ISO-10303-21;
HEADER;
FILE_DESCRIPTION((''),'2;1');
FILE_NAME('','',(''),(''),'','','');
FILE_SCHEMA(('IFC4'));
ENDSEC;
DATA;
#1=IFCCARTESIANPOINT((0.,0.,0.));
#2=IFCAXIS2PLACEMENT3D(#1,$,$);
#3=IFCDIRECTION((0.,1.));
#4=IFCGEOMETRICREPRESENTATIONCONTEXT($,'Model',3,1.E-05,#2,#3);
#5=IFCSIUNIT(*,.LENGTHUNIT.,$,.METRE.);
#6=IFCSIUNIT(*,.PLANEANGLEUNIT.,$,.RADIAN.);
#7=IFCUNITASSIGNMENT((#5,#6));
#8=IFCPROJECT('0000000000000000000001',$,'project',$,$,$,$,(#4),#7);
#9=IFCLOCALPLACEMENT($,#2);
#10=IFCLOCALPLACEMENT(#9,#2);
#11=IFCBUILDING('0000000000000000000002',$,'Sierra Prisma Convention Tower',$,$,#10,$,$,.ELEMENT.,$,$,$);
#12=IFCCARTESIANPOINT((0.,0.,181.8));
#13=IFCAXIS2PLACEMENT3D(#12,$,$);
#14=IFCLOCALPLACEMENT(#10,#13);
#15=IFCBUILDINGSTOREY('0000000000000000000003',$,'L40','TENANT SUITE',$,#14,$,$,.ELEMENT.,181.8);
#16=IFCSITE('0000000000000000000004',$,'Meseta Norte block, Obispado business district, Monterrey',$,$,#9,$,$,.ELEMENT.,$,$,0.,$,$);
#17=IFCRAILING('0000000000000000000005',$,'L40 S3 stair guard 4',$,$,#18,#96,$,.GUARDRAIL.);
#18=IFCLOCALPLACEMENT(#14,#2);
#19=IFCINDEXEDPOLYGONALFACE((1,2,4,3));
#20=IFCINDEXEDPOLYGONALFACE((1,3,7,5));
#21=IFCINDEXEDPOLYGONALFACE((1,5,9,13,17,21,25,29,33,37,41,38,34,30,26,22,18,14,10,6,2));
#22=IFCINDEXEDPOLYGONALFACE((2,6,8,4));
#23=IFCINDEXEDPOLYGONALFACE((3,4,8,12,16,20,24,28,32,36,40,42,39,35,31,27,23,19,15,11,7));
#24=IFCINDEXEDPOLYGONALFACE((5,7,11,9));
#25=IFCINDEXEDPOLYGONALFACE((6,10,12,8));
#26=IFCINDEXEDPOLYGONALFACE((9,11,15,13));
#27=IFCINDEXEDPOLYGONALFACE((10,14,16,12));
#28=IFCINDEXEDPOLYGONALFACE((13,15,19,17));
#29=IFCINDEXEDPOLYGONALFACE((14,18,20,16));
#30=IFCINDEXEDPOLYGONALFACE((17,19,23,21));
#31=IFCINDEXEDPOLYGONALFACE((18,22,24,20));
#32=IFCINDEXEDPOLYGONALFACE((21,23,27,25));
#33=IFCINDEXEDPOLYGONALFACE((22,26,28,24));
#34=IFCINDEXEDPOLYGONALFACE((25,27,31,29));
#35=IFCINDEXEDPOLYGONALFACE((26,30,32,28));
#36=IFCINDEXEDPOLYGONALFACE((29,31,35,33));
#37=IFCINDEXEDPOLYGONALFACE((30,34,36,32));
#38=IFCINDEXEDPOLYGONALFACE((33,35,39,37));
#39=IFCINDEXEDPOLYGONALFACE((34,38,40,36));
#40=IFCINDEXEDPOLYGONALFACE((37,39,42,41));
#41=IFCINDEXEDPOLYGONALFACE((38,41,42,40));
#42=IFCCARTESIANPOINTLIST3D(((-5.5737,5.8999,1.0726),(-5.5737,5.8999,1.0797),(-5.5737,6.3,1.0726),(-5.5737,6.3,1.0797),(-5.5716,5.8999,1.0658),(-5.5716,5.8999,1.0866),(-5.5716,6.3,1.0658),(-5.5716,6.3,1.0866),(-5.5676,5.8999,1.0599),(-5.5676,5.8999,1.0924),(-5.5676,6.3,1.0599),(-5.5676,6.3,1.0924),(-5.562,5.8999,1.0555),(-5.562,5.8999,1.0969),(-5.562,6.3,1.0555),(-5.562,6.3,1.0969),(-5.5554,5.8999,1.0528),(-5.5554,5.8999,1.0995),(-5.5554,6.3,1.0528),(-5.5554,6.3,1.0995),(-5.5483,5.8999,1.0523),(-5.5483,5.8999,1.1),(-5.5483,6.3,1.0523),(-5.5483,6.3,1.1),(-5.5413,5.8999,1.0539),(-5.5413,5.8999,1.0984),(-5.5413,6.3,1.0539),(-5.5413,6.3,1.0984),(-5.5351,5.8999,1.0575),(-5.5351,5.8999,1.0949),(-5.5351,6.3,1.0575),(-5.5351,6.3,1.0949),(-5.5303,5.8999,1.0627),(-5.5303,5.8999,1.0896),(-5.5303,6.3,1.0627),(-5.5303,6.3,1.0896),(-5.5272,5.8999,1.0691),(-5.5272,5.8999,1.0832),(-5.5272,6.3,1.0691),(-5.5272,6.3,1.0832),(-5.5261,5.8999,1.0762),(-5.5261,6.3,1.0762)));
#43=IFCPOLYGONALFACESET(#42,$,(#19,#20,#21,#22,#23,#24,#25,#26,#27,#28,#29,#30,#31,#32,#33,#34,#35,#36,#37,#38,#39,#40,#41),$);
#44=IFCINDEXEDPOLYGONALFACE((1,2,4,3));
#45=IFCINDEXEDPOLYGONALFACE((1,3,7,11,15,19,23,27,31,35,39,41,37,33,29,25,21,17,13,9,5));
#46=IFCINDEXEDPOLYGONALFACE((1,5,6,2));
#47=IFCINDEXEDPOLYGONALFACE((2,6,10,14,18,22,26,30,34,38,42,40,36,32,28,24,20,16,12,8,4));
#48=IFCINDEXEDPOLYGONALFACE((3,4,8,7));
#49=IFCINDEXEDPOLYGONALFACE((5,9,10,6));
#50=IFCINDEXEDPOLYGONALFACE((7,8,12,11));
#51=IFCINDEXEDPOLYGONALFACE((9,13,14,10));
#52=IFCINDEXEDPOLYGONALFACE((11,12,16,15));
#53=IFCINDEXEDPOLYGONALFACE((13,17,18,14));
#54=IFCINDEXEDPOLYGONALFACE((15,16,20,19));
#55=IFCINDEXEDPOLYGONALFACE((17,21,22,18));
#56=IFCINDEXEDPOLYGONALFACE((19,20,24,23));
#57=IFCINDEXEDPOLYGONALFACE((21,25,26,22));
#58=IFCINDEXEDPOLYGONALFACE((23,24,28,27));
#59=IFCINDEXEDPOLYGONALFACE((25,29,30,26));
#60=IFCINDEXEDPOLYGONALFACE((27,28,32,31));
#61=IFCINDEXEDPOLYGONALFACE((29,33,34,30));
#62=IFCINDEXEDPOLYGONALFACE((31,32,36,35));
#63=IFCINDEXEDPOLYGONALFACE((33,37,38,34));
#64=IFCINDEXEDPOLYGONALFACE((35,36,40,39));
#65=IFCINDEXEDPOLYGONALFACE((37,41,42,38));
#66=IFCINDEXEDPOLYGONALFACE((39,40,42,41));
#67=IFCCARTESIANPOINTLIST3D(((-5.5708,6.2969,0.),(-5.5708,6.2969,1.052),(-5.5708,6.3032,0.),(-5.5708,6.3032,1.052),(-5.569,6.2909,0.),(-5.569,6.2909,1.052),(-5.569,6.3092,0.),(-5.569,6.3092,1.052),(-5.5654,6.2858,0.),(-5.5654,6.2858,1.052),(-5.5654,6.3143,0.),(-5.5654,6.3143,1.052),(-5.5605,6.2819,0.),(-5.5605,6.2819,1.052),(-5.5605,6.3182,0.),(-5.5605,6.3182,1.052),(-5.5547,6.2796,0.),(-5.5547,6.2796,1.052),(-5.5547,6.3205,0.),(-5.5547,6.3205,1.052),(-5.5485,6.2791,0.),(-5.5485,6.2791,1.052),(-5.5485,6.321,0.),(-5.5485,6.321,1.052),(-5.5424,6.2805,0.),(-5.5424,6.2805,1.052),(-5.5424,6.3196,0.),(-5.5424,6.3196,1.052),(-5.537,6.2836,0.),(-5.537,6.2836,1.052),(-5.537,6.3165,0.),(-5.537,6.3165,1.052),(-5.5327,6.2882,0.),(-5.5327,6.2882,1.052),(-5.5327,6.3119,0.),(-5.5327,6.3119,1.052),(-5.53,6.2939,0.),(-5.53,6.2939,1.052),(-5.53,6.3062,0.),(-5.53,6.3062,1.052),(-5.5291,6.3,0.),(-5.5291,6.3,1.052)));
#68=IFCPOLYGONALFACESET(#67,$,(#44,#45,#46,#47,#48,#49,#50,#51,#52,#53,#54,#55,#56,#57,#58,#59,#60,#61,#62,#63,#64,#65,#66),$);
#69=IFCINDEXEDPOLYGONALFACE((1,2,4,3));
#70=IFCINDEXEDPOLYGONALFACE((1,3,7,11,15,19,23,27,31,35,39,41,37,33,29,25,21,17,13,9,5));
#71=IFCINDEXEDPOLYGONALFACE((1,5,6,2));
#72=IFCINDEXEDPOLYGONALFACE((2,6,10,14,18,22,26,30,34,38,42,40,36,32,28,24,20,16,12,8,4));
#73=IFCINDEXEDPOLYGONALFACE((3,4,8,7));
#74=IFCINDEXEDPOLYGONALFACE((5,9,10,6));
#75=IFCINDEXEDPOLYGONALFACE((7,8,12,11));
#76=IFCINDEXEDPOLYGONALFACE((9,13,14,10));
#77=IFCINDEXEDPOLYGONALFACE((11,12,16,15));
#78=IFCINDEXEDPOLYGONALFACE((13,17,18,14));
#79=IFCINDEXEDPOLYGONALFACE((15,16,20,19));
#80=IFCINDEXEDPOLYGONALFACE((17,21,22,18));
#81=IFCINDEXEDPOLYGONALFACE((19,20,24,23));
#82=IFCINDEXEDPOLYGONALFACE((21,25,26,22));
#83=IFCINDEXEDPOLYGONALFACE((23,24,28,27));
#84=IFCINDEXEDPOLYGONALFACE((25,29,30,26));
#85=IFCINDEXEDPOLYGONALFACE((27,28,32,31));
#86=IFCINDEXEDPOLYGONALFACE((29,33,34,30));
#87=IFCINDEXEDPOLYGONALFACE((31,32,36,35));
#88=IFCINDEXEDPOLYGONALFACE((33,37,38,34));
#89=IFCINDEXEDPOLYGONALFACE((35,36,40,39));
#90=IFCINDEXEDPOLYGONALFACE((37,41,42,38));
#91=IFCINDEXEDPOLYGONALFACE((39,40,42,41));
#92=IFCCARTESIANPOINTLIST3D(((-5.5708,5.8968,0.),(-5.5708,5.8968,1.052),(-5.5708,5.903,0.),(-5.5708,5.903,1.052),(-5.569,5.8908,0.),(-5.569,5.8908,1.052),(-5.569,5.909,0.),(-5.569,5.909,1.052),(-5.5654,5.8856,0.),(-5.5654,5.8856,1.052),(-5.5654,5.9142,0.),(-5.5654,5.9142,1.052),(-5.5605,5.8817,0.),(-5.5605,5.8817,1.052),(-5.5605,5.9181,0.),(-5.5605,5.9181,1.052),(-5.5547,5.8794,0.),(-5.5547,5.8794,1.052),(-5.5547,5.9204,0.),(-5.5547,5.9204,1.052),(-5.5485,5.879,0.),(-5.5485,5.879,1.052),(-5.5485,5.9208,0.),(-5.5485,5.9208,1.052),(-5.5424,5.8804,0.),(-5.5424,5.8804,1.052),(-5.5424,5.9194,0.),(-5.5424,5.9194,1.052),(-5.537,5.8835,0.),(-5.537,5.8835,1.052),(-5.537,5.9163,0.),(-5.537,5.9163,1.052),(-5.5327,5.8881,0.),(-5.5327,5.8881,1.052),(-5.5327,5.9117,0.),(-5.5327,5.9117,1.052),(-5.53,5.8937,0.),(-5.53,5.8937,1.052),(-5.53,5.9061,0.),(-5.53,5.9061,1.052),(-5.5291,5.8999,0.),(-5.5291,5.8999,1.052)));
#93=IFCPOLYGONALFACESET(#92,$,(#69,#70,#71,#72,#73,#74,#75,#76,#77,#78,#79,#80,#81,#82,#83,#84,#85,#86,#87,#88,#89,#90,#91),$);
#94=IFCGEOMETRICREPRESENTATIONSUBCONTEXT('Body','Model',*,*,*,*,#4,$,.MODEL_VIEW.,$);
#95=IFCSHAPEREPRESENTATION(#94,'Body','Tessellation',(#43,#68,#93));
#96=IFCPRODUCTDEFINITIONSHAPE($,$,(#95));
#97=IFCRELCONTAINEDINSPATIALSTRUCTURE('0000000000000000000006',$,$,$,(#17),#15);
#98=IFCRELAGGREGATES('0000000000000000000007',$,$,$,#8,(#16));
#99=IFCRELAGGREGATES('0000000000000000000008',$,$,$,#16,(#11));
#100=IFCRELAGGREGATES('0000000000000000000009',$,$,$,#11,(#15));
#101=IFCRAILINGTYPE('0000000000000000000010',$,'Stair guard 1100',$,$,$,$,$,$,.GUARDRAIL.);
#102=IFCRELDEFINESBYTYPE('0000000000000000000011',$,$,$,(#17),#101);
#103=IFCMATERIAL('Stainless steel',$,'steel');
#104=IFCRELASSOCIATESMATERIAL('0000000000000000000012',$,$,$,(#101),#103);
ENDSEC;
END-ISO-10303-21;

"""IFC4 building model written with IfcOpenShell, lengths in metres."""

from ifc_helpers import new_model, si_unit, direction, frame, origin, origin_2d, place, context, subcontext, project, spatial, circle, extrude, material, type_object, element, save


model = new_model("IFC4")

# Units and contexts
model_context = context("Model", 3, precision=1e-05, world=origin(), true_north=direction((0.0, 1.0)))
body_context = subcontext(model_context, "Body", "Model", "MODEL_VIEW")
ifc_project = project(units=[si_unit("LENGTHUNIT", "METRE"), si_unit("PLANEANGLEUNIT", "RADIAN")], contexts=[model_context])

# Site, building, storey
site_placement = place(None, origin())
site = spatial("IfcSite", under=ifc_project, at=site_placement, Name="Meseta Norte block, Obispado business district, Monterrey", CompositionType="ELEMENT", RefElevation=0.0)
building_placement = place(site_placement, origin())
building = spatial("IfcBuilding", under=site, at=building_placement, Name="Sierra Prisma Convention Tower", CompositionType="ELEMENT")
storey_placement = place(building_placement, frame((0.0, 0.0, 181.8)))
storey = spatial("IfcBuildingStorey", under=building, at=storey_placement, Name="L40", Description="TENANT SUITE", CompositionType="ELEMENT", Elevation=181.8)

# Railing
ifc_material_1 = material(Name="Stainless steel", Category="steel")
railing_type_1 = type_object("IfcRailingType", Name="Stair guard 1100", PredefinedType="GUARDRAIL", material=ifc_material_1)
railing_1_placement = place(storey_placement, frame((-5.55, 6.3, 0.0)))
element("IfcRailing", 1, at=railing_1_placement, inside=storey, type_object=railing_type_1, Name="L40 S3 stair guard 4", PredefinedType="GUARDRAIL", context=body_context, shape_type="SweptSolid", body=[
    extrude(circle(Radius=0.0239, at=origin_2d()), frame((0.0, 0.0, 1.0762), z_axis=(0.0, -1.0, 0.0), x_axis=(1.0, 0.0, 0.0)), (0.0, 0.0, 1.0), 0.4001),
    extrude(circle(Radius=0.021, at=origin_2d()), origin(), (0.0, 0.0, 1.0), 1.052),
    extrude(circle(Radius=0.021, at=origin_2d()), frame((0.0, -0.4001, 0.0)), (0.0, 0.0, 1.0), 1.052),
])

save(model, "model.ifc")
